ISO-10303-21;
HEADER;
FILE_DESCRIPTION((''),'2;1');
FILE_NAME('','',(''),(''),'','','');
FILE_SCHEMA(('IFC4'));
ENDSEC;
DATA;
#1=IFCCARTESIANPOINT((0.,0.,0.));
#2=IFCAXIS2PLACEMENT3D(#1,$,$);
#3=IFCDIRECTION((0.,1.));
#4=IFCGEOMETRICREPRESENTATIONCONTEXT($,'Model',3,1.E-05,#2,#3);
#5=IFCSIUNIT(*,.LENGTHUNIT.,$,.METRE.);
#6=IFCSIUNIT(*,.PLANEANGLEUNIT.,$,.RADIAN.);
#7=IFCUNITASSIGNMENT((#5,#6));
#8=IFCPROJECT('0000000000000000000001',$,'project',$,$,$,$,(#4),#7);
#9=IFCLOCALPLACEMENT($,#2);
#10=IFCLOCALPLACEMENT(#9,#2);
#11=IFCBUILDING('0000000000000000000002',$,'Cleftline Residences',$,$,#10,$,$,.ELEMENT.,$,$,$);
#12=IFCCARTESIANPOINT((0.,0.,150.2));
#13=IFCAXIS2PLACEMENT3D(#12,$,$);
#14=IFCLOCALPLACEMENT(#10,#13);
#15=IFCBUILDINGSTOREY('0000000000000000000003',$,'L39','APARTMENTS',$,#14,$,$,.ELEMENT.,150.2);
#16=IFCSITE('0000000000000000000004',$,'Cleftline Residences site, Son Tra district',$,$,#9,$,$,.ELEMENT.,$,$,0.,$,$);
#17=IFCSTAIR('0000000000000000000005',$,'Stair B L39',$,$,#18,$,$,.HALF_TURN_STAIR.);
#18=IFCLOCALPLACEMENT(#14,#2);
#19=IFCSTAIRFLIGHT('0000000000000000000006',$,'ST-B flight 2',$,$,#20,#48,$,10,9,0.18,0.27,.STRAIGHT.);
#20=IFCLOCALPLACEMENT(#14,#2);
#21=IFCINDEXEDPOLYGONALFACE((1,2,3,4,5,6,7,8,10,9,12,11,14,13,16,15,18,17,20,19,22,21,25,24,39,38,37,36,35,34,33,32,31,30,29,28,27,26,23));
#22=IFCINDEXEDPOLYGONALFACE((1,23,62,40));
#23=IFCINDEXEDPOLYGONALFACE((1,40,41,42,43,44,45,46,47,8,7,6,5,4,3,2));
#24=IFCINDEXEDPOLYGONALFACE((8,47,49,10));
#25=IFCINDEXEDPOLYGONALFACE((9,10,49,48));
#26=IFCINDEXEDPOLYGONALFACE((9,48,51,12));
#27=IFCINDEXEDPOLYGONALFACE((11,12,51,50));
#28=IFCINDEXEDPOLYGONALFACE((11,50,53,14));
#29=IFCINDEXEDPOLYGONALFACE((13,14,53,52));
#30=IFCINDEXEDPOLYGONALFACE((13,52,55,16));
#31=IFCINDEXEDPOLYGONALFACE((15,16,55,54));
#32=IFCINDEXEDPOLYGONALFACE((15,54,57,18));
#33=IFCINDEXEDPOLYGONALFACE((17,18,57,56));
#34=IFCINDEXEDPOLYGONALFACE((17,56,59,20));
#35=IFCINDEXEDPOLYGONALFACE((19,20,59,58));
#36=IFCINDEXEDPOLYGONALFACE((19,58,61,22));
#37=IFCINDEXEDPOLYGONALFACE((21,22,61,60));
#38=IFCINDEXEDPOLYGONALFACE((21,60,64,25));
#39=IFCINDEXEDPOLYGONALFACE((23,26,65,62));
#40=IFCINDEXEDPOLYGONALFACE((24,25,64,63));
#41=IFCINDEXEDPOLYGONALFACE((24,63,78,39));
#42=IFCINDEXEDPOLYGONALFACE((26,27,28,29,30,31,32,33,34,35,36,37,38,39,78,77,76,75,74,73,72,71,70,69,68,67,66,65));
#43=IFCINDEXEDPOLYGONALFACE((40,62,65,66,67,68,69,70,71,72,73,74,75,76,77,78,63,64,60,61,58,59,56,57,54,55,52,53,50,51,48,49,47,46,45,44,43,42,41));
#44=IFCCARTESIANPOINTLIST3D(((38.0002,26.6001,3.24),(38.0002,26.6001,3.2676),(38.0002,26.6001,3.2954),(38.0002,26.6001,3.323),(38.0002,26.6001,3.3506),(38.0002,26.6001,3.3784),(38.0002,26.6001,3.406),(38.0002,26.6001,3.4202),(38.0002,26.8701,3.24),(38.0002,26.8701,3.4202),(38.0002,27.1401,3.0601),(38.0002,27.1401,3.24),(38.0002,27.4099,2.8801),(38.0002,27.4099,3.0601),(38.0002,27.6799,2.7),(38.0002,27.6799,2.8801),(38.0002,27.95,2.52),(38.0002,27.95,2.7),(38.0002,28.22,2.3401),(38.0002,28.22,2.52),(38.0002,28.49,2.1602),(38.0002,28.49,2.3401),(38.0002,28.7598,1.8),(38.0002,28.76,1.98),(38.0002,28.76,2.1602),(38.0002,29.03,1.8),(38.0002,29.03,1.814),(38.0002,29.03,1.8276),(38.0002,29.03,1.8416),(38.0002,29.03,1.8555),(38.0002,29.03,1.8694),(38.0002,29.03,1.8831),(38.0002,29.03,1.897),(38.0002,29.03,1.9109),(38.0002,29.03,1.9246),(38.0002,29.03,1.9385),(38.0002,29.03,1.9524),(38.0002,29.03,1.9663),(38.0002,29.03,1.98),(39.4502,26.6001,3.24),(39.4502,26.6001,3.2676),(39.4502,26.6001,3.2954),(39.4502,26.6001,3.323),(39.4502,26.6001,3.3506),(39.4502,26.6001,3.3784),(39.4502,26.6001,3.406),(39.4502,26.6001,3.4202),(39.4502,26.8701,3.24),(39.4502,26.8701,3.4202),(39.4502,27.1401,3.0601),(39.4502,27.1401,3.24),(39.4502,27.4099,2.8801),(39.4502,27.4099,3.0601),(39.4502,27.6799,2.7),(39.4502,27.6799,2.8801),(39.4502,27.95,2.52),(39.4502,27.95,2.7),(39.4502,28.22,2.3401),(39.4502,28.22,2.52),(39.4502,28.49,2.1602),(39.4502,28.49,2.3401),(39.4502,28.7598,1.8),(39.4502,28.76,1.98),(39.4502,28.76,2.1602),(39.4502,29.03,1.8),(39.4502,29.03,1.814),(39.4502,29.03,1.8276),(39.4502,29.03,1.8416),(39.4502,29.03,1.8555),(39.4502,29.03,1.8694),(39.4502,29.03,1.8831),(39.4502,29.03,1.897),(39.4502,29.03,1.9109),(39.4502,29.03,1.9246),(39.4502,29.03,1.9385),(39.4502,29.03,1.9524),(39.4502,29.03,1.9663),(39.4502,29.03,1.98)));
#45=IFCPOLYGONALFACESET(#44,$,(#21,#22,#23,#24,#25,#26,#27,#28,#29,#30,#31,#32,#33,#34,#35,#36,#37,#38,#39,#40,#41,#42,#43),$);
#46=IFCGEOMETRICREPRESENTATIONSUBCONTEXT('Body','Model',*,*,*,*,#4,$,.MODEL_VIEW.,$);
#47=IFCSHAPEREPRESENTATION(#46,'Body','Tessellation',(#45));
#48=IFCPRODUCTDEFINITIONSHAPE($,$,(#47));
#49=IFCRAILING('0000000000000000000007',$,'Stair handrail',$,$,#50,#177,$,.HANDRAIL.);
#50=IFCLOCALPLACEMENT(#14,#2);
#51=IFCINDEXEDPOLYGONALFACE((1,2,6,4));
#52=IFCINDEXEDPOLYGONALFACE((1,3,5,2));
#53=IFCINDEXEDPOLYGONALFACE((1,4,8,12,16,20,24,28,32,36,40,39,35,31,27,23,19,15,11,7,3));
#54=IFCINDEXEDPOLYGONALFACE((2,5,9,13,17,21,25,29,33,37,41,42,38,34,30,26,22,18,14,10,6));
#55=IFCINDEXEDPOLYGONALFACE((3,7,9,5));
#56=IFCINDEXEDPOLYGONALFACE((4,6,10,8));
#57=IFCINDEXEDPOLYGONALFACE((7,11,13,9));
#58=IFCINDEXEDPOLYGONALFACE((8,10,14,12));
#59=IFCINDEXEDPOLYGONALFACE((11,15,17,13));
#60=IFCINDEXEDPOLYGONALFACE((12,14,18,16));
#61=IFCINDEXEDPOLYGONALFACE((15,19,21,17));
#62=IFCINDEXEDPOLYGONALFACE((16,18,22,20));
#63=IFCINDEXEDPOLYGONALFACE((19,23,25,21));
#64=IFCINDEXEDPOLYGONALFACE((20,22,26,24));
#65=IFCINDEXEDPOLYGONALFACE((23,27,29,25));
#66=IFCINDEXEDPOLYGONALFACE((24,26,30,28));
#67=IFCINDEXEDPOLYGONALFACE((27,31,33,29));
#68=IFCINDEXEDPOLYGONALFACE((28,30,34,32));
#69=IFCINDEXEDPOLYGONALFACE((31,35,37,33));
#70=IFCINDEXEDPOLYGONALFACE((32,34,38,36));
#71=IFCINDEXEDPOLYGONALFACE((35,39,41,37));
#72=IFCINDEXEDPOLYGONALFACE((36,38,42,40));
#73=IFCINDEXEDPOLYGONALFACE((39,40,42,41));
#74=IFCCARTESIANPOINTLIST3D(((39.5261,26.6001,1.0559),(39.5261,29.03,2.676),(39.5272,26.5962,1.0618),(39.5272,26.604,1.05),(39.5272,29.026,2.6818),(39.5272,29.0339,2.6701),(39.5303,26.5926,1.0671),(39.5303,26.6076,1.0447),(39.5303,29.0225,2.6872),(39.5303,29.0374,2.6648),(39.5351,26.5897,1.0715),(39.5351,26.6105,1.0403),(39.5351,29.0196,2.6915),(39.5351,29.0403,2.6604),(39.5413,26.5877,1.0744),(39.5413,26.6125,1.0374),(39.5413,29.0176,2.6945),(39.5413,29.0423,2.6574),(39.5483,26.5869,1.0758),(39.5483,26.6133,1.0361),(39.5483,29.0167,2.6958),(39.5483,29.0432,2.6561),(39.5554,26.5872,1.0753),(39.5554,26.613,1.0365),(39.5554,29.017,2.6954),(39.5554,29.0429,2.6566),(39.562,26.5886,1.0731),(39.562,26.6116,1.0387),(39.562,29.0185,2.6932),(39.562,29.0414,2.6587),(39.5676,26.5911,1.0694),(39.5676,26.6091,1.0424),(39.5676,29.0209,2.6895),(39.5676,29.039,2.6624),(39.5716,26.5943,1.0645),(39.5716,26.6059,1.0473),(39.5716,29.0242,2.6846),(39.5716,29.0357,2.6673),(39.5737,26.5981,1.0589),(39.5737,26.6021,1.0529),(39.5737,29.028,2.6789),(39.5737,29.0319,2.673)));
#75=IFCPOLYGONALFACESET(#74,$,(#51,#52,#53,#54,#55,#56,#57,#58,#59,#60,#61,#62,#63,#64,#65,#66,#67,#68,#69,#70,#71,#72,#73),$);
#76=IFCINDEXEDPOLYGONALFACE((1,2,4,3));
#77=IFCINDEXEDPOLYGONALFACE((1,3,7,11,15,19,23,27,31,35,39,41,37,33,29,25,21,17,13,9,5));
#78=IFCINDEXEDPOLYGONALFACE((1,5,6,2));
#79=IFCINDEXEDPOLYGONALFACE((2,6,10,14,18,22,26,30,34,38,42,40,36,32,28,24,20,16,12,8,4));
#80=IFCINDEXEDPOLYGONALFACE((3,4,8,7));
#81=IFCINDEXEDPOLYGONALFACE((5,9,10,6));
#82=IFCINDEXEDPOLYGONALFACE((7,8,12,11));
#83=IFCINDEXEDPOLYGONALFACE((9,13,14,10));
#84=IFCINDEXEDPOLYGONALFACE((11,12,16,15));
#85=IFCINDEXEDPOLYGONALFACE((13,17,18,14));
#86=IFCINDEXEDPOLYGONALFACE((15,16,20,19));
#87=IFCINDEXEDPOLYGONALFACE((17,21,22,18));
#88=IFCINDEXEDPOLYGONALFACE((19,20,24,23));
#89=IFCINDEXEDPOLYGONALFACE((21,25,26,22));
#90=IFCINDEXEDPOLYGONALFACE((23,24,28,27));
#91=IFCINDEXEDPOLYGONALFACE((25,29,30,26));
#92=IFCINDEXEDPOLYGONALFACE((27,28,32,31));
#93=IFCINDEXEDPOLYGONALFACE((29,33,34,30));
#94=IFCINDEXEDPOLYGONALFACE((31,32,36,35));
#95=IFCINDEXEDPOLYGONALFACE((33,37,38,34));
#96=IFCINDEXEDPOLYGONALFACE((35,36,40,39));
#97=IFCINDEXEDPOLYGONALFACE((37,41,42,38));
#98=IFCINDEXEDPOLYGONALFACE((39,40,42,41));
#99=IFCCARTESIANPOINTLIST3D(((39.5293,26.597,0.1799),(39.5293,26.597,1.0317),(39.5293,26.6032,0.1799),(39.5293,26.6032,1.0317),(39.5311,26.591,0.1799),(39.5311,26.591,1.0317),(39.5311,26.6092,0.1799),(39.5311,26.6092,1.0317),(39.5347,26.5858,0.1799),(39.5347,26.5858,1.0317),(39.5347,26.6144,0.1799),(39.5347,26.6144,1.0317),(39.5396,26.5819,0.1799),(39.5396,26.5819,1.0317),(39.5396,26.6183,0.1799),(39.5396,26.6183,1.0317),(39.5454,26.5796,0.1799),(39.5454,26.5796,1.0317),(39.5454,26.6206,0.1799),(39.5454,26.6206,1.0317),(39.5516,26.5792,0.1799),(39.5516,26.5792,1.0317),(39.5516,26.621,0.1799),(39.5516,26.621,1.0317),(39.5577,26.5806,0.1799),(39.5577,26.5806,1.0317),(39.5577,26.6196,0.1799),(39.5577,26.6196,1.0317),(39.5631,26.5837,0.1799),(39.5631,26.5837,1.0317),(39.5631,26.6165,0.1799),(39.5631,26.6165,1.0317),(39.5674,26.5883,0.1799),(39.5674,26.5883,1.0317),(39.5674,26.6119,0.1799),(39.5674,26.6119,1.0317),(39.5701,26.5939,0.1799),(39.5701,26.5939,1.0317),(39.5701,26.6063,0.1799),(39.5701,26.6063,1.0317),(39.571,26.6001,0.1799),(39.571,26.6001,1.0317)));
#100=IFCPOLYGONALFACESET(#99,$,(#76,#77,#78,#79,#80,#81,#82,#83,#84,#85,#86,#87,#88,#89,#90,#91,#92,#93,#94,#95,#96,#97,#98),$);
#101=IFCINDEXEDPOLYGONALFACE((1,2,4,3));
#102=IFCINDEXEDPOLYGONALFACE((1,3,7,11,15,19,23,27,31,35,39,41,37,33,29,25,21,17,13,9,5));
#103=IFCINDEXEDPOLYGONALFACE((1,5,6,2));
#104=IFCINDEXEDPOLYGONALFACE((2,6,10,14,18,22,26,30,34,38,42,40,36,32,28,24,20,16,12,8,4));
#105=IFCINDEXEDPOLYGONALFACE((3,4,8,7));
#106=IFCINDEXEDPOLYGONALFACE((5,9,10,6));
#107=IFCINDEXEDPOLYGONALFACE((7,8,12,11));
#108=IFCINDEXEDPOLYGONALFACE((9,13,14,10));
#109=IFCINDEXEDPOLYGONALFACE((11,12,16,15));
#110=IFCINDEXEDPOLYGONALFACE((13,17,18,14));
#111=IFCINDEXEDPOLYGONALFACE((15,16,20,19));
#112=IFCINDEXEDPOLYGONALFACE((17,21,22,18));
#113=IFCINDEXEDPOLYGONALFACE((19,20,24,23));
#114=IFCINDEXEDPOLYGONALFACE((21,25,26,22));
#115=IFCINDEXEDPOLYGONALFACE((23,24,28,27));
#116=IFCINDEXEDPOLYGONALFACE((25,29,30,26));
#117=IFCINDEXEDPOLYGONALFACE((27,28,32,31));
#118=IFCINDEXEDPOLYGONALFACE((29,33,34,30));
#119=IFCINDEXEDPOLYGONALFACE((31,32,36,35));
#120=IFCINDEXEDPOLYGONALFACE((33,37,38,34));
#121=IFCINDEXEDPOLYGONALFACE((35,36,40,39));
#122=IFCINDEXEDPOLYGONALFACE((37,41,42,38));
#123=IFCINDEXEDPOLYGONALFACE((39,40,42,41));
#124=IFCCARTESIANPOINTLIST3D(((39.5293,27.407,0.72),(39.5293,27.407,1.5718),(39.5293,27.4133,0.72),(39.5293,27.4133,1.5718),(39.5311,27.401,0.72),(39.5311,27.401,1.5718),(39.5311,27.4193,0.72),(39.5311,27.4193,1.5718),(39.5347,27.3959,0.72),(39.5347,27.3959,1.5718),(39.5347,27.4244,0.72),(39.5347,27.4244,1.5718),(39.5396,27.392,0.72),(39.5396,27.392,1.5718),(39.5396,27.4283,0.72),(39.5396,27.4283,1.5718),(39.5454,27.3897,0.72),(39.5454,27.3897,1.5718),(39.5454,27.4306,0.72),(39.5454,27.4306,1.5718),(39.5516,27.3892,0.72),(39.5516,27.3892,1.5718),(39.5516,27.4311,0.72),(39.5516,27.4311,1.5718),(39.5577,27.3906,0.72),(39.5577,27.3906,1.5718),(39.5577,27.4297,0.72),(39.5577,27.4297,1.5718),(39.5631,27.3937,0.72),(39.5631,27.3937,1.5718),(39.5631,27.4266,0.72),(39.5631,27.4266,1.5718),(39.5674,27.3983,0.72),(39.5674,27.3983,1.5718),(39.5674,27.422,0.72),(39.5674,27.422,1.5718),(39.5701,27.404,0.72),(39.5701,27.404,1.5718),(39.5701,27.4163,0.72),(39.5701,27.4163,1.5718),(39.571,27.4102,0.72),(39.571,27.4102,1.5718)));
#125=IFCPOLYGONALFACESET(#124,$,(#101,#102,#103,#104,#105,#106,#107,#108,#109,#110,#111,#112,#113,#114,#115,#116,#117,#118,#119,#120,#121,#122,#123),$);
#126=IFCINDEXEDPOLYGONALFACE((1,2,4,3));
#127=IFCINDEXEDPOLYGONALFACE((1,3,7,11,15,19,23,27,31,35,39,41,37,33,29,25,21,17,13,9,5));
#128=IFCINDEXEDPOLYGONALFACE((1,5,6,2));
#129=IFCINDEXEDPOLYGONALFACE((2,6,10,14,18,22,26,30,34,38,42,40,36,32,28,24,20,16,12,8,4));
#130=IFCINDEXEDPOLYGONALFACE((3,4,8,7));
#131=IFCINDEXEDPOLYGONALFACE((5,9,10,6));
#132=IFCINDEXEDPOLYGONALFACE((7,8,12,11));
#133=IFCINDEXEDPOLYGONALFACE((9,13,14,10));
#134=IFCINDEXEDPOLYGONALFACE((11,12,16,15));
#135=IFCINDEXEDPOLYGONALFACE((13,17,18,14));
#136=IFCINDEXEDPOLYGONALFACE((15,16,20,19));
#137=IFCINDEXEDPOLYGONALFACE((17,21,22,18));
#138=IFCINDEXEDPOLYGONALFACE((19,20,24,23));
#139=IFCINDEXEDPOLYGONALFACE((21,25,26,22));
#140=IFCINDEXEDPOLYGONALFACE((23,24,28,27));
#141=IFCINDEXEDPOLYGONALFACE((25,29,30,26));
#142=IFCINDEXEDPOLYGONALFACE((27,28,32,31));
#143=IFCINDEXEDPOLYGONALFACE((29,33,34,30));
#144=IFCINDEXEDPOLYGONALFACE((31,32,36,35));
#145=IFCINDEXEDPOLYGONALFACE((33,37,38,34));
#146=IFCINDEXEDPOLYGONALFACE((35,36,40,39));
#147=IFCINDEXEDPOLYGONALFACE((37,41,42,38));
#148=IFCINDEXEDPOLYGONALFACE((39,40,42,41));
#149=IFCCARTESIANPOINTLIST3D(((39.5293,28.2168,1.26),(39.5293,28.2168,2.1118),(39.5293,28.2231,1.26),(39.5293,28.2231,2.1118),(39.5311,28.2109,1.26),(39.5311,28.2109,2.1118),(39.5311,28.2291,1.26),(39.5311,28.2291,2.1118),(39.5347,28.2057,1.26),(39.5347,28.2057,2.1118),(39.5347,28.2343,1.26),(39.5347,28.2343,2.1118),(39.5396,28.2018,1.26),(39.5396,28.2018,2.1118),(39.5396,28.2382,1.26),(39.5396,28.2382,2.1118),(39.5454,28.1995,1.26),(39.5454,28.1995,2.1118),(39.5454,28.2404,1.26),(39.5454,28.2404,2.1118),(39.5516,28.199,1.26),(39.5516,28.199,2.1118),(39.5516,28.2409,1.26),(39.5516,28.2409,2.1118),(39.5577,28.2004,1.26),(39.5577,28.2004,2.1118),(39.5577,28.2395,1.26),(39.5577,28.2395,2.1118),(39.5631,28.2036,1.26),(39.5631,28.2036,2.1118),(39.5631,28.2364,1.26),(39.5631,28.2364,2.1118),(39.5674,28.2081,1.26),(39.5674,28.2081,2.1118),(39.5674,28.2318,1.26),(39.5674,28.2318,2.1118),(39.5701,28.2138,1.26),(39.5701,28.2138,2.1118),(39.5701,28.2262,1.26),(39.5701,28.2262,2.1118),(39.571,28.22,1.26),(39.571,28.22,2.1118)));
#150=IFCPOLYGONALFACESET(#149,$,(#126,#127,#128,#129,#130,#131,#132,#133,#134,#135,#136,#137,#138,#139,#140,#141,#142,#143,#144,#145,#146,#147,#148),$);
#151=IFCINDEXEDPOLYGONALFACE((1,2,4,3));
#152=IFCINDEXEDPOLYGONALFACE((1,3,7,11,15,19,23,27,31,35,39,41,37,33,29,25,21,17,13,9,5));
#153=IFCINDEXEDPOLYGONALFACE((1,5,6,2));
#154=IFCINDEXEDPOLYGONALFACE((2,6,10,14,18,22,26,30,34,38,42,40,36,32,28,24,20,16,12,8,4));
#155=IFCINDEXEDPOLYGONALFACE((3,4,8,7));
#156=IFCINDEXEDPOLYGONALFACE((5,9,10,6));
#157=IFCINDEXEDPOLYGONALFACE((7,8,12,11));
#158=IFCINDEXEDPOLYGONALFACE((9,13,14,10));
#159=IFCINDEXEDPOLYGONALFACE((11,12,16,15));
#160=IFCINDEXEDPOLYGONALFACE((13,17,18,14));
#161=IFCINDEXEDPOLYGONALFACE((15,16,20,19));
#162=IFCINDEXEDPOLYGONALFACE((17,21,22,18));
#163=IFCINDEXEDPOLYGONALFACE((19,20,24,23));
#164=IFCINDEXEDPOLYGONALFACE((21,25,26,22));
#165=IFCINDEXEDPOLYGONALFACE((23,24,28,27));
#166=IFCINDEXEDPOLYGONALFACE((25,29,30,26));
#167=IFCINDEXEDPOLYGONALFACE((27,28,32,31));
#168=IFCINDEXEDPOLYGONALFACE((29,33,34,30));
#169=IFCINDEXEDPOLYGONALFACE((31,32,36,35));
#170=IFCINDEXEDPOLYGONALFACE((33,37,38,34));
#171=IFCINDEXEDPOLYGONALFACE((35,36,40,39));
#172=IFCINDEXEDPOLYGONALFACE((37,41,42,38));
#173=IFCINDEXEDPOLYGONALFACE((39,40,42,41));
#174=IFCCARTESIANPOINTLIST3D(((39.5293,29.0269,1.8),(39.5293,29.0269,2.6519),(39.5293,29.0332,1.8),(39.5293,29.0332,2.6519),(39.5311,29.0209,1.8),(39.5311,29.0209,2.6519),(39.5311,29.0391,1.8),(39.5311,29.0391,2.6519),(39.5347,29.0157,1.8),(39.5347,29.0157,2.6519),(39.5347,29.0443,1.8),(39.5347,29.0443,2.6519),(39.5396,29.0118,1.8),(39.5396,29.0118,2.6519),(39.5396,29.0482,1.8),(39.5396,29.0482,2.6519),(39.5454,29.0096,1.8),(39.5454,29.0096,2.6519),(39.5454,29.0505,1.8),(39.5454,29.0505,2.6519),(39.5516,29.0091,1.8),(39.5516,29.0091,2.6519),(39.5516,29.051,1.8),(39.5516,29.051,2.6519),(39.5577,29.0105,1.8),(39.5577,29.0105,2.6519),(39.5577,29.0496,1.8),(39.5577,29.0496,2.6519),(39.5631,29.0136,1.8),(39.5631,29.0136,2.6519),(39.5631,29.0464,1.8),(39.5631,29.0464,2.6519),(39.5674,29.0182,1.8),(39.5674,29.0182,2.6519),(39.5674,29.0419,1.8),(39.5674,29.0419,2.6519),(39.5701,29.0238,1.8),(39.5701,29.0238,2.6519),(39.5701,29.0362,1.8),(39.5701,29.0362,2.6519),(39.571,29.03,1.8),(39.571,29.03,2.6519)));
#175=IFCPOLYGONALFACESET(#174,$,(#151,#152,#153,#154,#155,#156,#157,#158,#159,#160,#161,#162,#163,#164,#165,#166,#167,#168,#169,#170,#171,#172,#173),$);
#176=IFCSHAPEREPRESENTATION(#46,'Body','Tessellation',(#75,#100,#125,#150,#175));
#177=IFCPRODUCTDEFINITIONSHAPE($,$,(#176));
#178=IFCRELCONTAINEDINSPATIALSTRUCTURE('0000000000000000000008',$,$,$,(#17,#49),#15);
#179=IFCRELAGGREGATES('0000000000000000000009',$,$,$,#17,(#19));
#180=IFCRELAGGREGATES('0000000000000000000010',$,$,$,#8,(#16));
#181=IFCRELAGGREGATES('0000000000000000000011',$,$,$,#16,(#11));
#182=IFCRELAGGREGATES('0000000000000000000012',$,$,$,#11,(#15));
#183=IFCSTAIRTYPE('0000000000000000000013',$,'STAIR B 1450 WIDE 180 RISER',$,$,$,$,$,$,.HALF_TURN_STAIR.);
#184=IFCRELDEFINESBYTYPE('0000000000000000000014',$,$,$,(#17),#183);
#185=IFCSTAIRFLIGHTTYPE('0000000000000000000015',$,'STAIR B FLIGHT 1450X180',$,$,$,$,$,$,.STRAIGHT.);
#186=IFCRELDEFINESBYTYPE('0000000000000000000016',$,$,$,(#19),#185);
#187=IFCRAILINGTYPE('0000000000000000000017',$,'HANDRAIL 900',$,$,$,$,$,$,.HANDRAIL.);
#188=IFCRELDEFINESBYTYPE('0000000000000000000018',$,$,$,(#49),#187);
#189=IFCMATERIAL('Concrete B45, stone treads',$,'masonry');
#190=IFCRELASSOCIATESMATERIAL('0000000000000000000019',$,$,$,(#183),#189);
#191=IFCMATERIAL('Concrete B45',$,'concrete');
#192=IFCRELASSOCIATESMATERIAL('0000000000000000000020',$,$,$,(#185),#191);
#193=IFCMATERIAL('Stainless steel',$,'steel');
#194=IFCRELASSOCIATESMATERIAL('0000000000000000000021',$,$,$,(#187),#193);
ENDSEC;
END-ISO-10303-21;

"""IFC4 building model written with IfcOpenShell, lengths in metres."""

from ifc_helpers import new_model, si_unit, direction, frame, origin, origin_2d, place, context, subcontext, project, spatial, polyline, circle, outline, extrude, material, type_object, element, aggregate, save


model = new_model("IFC4")

# Units and contexts
model_context = context("Model", 3, precision=1e-05, world=origin(), true_north=direction((0.0, 1.0)))
body_context = subcontext(model_context, "Body", "Model", "MODEL_VIEW")
ifc_project = project(units=[si_unit("LENGTHUNIT", "METRE"), si_unit("PLANEANGLEUNIT", "RADIAN")], contexts=[model_context])

# Site, building, storey
site_placement = place(None, origin())
site = spatial("IfcSite", under=ifc_project, at=site_placement, Name="Cleftline Residences site, Son Tra district", CompositionType="ELEMENT", RefElevation=0.0)
building_placement = place(site_placement, origin())
building = spatial("IfcBuilding", under=site, at=building_placement, Name="Cleftline Residences", CompositionType="ELEMENT")
storey_placement = place(building_placement, frame((0.0, 0.0, 150.2)))
storey = spatial("IfcBuildingStorey", under=building, at=storey_placement, Name="L39", Description="APARTMENTS", CompositionType="ELEMENT", Elevation=150.2)

# Stair, stair flight
ifc_material_1 = material(Name="Concrete B45, stone treads", Category="masonry")
stair_type = type_object("IfcStairType", Name="STAIR B 1450 WIDE 180 RISER", PredefinedType="HALF_TURN_STAIR", material=ifc_material_1)
stair_placement = place(storey_placement, origin())
stair = element("IfcStair", 1, at=stair_placement, inside=storey, type_object=stair_type, Name="Stair B L39", PredefinedType="HALF_TURN_STAIR")
ifc_material_2 = material(Name="Concrete B45", Category="concrete")
stair_flight_type = type_object("IfcStairFlightType", Name="STAIR B FLIGHT 1450X180", PredefinedType="STRAIGHT", material=ifc_material_2)
stair_flight_1_placement = place(storey_placement, frame((38.7251, 29.03, 1.8), z_axis=(0.0, 0.0, 1.0), x_axis=(0.0, -1.0, 0.0)))
stair_flight_1 = element("IfcStairFlight", 2, at=stair_flight_1_placement, type_object=stair_flight_type, Name="ST-B flight 2", NumberOfRisers=10, NumberOfTreads=9, PredefinedType="STRAIGHT", RiserHeight=0.18, TreadLength=0.27, context=body_context, shape_type="SweptSolid", body=[
    extrude(outline(polyline([(0.0, 0.0), (0.0, 0.0139), (0.0, 0.0276), (0.0, 0.0415), (0.0, 0.0554), (0.0, 0.0693), (0.0, 0.083), (0.0, 0.0969), (0.0, 0.1108), (0.0, 0.1245), (0.0, 0.1384), (0.0, 0.1523), (0.0, 0.1663), (0.0, 0.1799), (0.27, 0.1799), (0.27, 0.3601), (0.54, 0.3601), (0.54, 0.54), (0.8101, 0.54), (0.8101, 0.72), (1.0801, 0.72), (1.0801, 0.8999), (1.3501, 0.8999), (1.3501, 1.0801), (1.6201, 1.0801), (1.6201, 1.26), (1.8899, 1.26), (1.8899, 1.4399), (2.1599, 1.4399), (2.1599, 1.6201), (2.4299, 1.6201), (2.4299, 1.8), (2.4299, 1.7722), (2.4299, 1.7446), (2.4299, 1.7168), (2.4299, 1.6892), (2.4299, 1.6614), (2.4299, 1.6338), (2.4299, 1.606), (2.4299, 1.5784), (2.4299, 1.5505), (2.4299, 1.5229), (2.4299, 1.4954), (2.4299, 1.4675), (2.4299, 1.4399), (0.2703, 0.0), (0.0, 0.0)])), frame((0.0, 0.7251, 0.0), z_axis=(0.0, -1.0, 0.0), x_axis=(1.0, 0.0, 0.0)), (0.0, 0.0, 1.0), 1.45),
])
aggregate(stair, [stair_flight_1])

# Railing
ifc_material_3 = material(Name="Stainless steel", Category="steel")
railing_type = type_object("IfcRailingType", Name="HANDRAIL 900", PredefinedType="HANDRAIL", material=ifc_material_3)
railing_1_placement = place(storey_placement, frame((39.55, 26.6001, 0.1799)))
element("IfcRailing", 3, at=railing_1_placement, inside=storey, type_object=railing_type, Name="Stair handrail", PredefinedType="HANDRAIL", context=body_context, shape_type="SweptSolid", body=[
    extrude(circle(Radius=0.0239, at=origin_2d()), frame((0.0, 0.0, 0.876), z_axis=(0.0, 0.832025, 0.554739), x_axis=(-1.0, 0.0, 0.0)), (0.0, 0.0, 1.0), 2.9204),
    extrude(circle(Radius=0.021, at=origin_2d()), origin(), (0.0, 0.0, 1.0), 0.8518),
    extrude(circle(Radius=0.021, at=origin_2d()), frame((0.0, 0.8101, 0.54)), (0.0, 0.0, 1.0), 0.8518),
    extrude(circle(Radius=0.021, at=origin_2d()), frame((0.0, 1.6199, 1.0801)), (0.0, 0.0, 1.0), 0.8518),
    extrude(circle(Radius=0.021, at=origin_2d()), frame((0.0, 2.4299, 1.6201)), (0.0, 0.0, 1.0), 0.8518),
])

save(model, "model.ifc")
